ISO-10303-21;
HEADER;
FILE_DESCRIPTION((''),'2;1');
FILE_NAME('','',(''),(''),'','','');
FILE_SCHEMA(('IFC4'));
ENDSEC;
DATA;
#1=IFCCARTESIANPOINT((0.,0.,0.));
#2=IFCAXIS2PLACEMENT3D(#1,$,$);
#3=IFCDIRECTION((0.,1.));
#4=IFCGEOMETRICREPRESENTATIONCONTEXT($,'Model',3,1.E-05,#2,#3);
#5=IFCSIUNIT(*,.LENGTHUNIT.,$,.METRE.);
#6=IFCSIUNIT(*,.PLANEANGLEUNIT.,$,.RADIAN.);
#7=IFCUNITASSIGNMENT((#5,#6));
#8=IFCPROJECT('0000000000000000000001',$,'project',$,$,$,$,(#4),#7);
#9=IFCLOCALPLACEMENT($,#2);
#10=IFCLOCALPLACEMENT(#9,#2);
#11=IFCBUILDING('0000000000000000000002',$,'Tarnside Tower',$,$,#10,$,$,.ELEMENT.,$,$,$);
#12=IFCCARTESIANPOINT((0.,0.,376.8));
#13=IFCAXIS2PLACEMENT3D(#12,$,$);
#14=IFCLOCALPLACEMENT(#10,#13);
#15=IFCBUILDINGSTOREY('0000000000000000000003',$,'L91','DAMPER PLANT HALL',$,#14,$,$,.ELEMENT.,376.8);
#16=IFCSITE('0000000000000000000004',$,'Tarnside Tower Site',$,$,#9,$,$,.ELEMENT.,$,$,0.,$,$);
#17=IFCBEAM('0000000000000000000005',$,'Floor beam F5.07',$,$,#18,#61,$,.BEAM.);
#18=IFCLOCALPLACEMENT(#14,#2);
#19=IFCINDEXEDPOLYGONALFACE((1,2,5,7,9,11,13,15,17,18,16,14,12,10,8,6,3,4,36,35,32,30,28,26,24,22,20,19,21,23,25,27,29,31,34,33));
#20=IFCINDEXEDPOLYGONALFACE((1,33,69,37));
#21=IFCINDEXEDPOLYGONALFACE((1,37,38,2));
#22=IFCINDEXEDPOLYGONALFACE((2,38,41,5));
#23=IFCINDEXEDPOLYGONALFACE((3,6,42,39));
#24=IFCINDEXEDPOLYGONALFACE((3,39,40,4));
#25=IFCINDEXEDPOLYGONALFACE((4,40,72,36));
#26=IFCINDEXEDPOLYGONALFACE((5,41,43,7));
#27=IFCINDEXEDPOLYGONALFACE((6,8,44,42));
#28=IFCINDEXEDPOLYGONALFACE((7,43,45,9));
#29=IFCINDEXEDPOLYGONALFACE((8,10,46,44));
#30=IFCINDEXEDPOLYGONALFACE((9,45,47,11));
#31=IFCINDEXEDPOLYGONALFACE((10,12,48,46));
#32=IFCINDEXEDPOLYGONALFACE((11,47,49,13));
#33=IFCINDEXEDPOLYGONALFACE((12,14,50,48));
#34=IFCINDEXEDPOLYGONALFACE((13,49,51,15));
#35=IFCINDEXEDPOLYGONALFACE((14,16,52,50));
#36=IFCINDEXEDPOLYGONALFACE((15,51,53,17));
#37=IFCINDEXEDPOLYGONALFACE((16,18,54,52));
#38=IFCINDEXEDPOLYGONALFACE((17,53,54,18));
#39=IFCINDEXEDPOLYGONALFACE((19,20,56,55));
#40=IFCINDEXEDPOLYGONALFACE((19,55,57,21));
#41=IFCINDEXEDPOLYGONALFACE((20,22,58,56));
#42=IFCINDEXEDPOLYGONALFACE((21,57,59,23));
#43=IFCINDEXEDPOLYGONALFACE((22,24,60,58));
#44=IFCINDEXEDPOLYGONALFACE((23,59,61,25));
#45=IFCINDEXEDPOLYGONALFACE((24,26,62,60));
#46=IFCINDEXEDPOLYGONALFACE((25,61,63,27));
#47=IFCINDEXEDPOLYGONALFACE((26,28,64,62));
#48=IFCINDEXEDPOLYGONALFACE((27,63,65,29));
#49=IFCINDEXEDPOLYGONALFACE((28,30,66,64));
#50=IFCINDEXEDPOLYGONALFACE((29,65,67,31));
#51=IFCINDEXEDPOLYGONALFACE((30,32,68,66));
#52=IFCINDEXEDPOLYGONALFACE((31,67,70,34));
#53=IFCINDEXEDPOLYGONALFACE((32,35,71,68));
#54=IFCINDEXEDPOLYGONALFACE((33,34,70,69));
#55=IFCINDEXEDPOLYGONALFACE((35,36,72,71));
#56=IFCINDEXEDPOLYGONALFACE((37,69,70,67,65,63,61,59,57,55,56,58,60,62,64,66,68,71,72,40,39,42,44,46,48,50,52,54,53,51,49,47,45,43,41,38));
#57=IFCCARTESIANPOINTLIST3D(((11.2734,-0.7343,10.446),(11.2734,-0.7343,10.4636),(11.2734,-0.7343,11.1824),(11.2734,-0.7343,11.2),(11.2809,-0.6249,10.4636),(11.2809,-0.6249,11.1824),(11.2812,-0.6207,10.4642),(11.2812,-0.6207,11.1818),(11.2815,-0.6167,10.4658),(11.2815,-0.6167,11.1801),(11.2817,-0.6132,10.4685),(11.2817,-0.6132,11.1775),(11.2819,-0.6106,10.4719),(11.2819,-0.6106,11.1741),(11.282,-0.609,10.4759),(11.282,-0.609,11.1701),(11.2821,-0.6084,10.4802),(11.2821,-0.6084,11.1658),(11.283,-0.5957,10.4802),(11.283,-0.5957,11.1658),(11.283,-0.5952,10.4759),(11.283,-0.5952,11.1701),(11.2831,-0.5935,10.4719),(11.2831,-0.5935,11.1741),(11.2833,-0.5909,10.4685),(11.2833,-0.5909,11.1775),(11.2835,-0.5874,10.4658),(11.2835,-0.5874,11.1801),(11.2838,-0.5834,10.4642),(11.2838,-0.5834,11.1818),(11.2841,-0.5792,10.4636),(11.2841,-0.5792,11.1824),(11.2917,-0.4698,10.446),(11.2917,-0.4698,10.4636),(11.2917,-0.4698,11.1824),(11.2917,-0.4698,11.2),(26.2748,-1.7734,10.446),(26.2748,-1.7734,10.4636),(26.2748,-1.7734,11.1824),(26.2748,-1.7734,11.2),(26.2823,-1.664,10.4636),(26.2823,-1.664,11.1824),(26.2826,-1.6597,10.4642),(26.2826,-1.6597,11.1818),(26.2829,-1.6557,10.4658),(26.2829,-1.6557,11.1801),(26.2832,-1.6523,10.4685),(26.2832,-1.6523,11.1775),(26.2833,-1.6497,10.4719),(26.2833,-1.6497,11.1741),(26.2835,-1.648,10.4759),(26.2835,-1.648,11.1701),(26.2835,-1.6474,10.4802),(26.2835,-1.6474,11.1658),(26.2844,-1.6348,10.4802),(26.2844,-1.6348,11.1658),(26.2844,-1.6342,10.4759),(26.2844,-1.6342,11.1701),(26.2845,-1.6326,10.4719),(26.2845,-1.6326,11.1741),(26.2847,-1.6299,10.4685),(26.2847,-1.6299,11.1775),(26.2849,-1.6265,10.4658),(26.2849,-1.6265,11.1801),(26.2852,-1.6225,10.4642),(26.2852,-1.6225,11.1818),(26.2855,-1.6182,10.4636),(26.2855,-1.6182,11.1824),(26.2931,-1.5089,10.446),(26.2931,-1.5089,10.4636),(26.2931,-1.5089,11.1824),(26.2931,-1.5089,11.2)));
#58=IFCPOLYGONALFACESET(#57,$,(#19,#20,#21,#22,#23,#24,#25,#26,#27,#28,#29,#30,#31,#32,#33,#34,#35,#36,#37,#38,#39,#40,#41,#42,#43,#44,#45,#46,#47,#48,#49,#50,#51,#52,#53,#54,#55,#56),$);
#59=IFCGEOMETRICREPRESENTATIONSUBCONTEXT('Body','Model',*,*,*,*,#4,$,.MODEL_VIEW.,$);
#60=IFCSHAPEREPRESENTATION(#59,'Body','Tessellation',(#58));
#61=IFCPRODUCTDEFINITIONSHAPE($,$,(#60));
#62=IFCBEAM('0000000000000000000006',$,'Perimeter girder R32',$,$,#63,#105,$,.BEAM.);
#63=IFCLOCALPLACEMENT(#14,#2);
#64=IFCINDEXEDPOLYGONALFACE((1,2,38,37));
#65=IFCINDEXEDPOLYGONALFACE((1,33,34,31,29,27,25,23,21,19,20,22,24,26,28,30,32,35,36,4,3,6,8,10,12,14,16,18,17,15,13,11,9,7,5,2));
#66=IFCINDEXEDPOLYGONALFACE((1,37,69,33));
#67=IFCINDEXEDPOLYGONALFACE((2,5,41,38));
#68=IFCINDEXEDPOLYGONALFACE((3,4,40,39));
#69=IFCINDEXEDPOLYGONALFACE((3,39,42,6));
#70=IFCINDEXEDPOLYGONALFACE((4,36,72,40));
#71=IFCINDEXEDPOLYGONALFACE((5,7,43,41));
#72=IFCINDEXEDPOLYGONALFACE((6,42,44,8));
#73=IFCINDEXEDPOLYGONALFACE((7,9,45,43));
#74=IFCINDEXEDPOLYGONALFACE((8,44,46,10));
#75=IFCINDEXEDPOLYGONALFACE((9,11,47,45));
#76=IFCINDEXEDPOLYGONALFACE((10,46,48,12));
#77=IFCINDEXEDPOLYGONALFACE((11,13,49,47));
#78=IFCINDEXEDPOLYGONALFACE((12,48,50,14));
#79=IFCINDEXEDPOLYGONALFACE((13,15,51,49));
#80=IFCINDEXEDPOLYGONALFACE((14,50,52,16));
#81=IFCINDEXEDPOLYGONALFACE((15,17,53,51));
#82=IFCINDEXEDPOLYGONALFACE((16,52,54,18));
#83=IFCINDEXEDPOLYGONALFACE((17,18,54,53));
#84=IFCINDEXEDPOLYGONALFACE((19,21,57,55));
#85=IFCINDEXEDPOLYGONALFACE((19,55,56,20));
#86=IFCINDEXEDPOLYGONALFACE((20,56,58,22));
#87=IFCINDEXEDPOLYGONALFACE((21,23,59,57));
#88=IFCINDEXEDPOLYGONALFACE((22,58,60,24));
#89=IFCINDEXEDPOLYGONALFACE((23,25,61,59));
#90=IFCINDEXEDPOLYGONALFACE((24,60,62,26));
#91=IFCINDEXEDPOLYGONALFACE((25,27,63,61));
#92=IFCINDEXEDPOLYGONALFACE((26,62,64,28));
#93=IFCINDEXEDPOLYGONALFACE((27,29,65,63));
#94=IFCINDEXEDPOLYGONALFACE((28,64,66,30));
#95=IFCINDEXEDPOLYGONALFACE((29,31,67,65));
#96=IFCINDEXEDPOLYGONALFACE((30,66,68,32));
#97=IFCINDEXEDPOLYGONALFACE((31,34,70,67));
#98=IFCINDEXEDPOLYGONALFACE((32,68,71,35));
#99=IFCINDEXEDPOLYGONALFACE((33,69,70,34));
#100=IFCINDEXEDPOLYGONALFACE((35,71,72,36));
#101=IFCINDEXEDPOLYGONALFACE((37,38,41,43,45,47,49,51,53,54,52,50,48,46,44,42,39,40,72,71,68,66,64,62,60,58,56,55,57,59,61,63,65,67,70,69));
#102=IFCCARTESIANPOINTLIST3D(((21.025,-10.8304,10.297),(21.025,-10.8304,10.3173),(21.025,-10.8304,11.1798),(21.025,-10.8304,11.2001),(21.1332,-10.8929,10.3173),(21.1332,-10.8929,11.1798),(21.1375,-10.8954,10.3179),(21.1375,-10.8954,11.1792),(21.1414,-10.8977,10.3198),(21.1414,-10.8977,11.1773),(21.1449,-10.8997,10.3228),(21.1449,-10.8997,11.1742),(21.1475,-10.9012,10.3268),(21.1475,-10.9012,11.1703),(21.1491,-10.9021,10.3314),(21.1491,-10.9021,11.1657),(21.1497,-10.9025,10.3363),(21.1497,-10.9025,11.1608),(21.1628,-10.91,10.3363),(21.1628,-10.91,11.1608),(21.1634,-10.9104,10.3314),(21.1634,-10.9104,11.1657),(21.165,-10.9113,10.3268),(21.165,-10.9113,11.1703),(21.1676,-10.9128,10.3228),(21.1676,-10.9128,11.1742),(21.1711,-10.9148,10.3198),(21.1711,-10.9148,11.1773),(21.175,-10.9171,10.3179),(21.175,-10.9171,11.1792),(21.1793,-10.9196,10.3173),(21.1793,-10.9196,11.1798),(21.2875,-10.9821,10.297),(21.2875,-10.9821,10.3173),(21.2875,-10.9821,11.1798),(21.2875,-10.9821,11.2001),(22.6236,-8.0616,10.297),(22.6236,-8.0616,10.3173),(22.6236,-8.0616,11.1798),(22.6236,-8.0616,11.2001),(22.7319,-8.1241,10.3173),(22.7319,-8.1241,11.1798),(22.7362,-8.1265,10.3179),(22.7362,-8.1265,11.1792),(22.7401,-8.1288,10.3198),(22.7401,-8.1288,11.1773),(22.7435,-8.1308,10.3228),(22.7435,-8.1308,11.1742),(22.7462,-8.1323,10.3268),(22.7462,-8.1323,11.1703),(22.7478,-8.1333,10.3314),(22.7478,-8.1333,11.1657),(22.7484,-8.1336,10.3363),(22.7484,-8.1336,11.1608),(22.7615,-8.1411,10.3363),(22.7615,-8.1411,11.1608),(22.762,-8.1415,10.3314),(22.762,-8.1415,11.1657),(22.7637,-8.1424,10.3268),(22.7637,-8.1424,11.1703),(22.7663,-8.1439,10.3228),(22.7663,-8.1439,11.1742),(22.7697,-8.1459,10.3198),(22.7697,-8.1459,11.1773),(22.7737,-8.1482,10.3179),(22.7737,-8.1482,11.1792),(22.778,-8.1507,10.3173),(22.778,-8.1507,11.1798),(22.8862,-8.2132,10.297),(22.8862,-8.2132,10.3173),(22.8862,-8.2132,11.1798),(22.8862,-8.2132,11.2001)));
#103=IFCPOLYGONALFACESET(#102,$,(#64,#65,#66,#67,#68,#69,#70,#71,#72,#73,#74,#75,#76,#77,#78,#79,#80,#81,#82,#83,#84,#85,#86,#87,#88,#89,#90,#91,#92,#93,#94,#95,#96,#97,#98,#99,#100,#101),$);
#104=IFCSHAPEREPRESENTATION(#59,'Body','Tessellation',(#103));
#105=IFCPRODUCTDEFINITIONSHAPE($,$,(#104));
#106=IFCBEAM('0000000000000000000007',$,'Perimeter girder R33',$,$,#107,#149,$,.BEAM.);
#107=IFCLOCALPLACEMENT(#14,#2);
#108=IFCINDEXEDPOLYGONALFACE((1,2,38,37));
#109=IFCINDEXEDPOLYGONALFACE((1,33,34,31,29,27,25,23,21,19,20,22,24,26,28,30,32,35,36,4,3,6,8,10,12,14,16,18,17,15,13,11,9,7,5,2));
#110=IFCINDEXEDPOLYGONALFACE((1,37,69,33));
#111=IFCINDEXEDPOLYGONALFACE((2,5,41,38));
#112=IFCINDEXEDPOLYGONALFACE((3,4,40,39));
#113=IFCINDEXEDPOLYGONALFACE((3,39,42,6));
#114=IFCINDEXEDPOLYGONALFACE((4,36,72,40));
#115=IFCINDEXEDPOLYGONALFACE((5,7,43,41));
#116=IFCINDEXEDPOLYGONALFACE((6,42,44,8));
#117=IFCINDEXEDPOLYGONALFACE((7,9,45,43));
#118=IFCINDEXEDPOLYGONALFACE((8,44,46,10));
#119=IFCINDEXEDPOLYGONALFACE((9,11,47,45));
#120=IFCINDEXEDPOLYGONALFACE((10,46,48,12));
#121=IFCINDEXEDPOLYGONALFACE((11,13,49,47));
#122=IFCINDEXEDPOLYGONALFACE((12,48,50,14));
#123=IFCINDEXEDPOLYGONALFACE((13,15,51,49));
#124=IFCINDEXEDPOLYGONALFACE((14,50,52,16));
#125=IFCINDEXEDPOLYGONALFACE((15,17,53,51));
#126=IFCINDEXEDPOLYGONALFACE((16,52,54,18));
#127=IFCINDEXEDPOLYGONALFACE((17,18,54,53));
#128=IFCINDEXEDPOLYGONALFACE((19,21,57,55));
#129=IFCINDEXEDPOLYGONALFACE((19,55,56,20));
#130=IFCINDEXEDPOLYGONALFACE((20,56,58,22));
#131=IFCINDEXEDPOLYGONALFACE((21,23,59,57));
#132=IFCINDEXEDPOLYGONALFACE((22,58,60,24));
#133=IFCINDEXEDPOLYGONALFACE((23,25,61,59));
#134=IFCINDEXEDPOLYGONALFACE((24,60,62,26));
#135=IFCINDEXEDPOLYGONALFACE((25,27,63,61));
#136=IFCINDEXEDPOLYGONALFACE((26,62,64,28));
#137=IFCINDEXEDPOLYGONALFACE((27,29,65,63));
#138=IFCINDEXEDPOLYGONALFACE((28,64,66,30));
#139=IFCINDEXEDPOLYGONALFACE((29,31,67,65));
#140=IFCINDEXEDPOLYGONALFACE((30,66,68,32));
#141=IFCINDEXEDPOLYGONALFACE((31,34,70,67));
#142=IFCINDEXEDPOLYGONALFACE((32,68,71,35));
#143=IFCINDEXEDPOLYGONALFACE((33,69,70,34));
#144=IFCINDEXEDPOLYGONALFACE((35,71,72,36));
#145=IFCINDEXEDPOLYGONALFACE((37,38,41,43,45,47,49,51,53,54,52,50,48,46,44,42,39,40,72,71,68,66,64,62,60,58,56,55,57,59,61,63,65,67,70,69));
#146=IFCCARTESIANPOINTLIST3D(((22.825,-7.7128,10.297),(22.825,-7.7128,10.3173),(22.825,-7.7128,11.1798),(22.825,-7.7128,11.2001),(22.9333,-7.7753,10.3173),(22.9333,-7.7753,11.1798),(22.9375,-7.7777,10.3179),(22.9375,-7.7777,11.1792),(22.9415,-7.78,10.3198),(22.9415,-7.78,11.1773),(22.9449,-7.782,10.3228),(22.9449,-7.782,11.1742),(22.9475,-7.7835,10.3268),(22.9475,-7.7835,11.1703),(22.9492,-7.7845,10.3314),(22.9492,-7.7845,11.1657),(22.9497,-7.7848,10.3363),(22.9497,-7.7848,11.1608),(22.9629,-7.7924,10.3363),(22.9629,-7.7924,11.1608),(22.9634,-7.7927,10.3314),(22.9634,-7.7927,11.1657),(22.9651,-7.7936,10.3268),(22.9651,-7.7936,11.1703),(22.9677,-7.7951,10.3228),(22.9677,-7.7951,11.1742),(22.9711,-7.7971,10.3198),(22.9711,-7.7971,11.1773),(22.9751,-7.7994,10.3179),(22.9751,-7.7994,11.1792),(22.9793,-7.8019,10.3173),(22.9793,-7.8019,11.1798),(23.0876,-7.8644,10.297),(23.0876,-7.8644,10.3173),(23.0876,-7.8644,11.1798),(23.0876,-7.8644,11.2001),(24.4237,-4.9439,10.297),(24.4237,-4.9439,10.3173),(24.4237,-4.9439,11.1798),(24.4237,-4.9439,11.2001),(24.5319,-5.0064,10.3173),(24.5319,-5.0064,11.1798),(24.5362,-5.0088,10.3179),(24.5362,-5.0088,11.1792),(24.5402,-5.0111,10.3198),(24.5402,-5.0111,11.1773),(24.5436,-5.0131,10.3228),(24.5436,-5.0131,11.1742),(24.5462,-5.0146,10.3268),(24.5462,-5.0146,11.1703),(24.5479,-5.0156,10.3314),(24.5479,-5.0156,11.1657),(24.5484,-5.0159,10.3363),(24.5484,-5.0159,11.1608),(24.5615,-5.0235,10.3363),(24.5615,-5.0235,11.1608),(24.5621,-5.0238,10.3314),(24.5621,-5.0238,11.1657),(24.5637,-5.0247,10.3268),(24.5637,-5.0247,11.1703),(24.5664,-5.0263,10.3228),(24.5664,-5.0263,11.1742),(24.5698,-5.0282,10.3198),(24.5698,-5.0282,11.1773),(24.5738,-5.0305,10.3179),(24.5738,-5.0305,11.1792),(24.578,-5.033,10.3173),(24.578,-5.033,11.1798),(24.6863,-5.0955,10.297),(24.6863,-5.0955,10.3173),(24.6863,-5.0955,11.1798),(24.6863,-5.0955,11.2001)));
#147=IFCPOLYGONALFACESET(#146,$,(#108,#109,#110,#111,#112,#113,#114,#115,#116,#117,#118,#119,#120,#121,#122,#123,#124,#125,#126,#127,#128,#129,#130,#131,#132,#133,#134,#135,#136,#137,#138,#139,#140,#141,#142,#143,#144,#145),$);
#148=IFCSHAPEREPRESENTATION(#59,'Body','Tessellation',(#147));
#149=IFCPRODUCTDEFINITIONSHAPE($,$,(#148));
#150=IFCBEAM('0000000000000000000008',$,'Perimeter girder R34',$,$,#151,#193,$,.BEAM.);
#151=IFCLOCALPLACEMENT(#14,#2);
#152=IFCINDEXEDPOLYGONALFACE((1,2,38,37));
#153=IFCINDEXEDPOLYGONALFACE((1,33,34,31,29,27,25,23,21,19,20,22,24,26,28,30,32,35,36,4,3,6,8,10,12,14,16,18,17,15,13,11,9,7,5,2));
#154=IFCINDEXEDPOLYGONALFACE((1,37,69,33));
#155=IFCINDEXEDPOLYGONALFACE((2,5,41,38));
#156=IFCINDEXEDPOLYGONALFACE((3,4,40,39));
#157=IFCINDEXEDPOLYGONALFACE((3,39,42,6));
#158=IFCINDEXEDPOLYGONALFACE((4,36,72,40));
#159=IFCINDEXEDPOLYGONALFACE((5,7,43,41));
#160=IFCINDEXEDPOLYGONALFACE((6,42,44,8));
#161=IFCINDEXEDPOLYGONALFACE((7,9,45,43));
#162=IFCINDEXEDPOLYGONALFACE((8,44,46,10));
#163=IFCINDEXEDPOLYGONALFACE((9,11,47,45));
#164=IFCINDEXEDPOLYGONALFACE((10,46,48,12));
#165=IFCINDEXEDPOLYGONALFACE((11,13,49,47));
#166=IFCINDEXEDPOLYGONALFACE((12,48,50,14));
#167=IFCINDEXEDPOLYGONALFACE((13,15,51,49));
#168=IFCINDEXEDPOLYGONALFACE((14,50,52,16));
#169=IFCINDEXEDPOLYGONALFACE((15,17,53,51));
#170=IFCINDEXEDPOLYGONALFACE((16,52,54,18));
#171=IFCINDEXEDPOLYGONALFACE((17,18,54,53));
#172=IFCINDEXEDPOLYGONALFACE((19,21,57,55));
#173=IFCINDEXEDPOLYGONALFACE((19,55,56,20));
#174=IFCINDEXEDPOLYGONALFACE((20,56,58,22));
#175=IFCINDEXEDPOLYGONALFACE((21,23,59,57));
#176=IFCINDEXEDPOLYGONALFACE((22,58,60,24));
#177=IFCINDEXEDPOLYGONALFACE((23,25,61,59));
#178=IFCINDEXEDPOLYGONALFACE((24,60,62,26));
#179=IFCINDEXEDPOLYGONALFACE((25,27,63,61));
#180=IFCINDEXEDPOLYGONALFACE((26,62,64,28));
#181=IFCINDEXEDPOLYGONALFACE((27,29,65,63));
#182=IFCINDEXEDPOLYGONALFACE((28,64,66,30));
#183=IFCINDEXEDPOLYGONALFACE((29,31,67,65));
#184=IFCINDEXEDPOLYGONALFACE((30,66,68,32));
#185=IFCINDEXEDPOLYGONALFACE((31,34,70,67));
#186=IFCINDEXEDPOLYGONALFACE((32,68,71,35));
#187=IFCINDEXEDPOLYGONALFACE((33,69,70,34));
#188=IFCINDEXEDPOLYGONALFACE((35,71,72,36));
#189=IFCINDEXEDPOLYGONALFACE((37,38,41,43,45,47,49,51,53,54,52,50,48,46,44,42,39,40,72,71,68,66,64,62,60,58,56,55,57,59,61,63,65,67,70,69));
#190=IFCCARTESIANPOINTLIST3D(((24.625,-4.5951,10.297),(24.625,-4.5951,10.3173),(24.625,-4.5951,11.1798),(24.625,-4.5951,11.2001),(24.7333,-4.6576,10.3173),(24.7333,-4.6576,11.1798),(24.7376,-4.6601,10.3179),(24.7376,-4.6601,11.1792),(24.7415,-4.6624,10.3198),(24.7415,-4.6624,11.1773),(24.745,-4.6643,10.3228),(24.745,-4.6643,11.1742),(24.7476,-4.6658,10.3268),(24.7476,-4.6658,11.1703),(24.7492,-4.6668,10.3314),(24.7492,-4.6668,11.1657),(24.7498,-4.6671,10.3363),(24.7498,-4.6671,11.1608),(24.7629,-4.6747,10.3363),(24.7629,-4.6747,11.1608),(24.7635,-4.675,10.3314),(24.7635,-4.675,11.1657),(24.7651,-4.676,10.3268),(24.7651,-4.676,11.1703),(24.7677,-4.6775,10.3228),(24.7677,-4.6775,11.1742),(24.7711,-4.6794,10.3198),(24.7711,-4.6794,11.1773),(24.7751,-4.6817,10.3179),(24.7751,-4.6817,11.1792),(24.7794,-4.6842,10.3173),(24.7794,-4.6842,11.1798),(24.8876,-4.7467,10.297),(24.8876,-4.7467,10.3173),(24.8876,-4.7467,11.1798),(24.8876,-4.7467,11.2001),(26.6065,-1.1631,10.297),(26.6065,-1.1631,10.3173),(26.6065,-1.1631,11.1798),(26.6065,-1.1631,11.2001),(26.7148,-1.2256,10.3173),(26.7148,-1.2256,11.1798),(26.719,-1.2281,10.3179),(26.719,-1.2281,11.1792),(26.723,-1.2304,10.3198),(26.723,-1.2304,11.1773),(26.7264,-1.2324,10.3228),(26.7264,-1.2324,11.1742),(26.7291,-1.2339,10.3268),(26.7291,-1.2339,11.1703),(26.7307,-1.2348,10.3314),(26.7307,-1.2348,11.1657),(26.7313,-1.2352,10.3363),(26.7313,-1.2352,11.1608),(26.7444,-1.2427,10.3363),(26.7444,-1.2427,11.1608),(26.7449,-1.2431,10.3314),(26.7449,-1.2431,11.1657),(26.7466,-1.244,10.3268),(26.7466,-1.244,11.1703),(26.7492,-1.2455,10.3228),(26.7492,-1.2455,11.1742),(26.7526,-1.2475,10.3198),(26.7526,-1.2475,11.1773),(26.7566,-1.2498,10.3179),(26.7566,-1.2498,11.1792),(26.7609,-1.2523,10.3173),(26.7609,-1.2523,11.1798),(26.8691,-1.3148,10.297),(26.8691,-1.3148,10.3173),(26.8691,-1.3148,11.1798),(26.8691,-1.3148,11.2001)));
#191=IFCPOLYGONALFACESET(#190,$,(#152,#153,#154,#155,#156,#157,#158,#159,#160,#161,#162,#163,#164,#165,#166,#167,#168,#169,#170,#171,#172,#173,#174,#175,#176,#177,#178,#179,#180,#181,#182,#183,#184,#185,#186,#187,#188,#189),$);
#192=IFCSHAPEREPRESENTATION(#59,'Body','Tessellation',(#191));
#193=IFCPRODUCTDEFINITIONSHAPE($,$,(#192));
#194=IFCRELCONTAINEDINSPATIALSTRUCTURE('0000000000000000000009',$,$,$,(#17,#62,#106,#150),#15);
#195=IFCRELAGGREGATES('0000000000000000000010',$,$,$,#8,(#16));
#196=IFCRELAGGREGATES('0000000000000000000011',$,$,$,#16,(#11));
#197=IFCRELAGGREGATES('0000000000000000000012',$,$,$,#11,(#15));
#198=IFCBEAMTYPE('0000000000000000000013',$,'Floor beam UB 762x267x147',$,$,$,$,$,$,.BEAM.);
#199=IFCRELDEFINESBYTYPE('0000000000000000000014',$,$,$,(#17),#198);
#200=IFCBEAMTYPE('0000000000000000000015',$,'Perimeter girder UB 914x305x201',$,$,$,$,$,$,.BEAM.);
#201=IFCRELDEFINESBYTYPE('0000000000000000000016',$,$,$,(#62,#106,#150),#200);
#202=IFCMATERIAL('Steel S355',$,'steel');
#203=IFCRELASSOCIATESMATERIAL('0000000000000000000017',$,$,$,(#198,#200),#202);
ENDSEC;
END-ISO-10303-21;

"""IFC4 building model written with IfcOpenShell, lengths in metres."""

from ifc_helpers import new_model, si_unit, direction, frame, origin, origin_2d, place, context, subcontext, project, spatial, i_section, extrude, material, material_profile, profile_set, type_object, element, save


model = new_model("IFC4")

# Units and contexts
model_context = context("Model", 3, precision=1e-05, world=origin(), true_north=direction((0.0, 1.0)))
body_context = subcontext(model_context, "Body", "Model", "MODEL_VIEW")
ifc_project = project(units=[si_unit("LENGTHUNIT", "METRE"), si_unit("PLANEANGLEUNIT", "RADIAN")], contexts=[model_context])

# Site, building, storey
site_placement = place(None, origin())
site = spatial("IfcSite", under=ifc_project, at=site_placement, Name="Tarnside Tower Site", CompositionType="ELEMENT", RefElevation=0.0)
building_placement = place(site_placement, origin())
building = spatial("IfcBuilding", under=site, at=building_placement, Name="Tarnside Tower", CompositionType="ELEMENT")
storey_placement = place(building_placement, frame((0.0, 0.0, 376.8)))
storey = spatial("IfcBuildingStorey", under=building, at=storey_placement, Name="L91", Description="DAMPER PLANT HALL", CompositionType="ELEMENT", Elevation=376.8)

# Shared definitions
ifc_material_1 = material(Name="Steel S355", Category="steel")

# Beams
ifc_material_profile_1 = material_profile(ifc_material_1, i_section(OverallWidth=0.2651, OverallDepth=0.7539, WebThickness=0.0127, FlangeThickness=0.0176, FilletRadius=0.0166, at=origin_2d()), Name="UB 762x267x147")
ifc_profile_set_1 = profile_set([ifc_material_profile_1], Name="Steel S355")
beam_type_1 = type_object("IfcBeamType", Name="Floor beam UB 762x267x147", PredefinedType="BEAM", material=ifc_profile_set_1)
beam_1_placement = place(storey_placement, frame((26.2839, -1.6411, 10.823), z_axis=(-0.99761, 0.069099, 0.0), x_axis=(-0.069099, -0.99761, 0.0)))
element("IfcBeam", 1, at=beam_1_placement, inside=storey, type_object=beam_type_1, Name="Floor beam F5.07", PredefinedType="BEAM", context=body_context, shape_type="SweptSolid", body=[
    extrude(i_section(OverallWidth=0.2651, OverallDepth=0.7539, WebThickness=0.0127, FlangeThickness=0.0176, FilletRadius=0.0166, at=origin_2d()), origin(), (0.0, 0.0, 1.0), 15.0374),
])
ifc_material_profile_2 = material_profile(ifc_material_1, i_section(OverallWidth=0.3032, OverallDepth=0.9031, WebThickness=0.0151, FlangeThickness=0.0203, FilletRadius=0.019, at=origin_2d()), Name="UB 914x305x201")
ifc_profile_set_2 = profile_set([ifc_material_profile_2], Name="Steel S355")
beam_type_2 = type_object("IfcBeamType", Name="Perimeter girder UB 914x305x201", PredefinedType="BEAM", material=ifc_profile_set_2)
for number, where, z_axis, x_axis, name in (
    (2, (21.1562, -10.9062, 10.7485), (0.500015, 0.866016, 0.0), (-0.866016, 0.500015, 0.0), "Perimeter girder R32"),
    (3, (22.9563, -7.7886, 10.7485), (0.500015, 0.866016, 0.0), (-0.866016, 0.500015, 0.0), "Perimeter girder R33"),
):
    element("IfcBeam", number, at=place(storey_placement, frame(where, z_axis=z_axis, x_axis=x_axis)), inside=storey, type_object=beam_type_2, Name=name, PredefinedType="BEAM", context=body_context, shape_type="SweptSolid", body=[
        extrude(i_section(OverallWidth=0.3032, OverallDepth=0.9031, WebThickness=0.0151, FlangeThickness=0.0203, FilletRadius=0.019, at=origin_2d()), origin(), (0.0, 0.0, 1.0), 3.1973),
    ])
beam_2_placement = place(storey_placement, frame((24.7563, -4.6709, 10.7485), z_axis=(0.500009, 0.86602, 0.0), x_axis=(-0.86602, 0.500009, 0.0)))
element("IfcBeam", 4, at=beam_2_placement, inside=storey, type_object=beam_type_2, Name="Perimeter girder R34", PredefinedType="BEAM", context=body_context, shape_type="SweptSolid", body=[
    extrude(i_section(OverallWidth=0.3032, OverallDepth=0.9031, WebThickness=0.0151, FlangeThickness=0.0203, FilletRadius=0.019, at=origin_2d()), origin(), (0.0, 0.0, 1.0), 3.9629),
])

save(model, "model.ifc")
